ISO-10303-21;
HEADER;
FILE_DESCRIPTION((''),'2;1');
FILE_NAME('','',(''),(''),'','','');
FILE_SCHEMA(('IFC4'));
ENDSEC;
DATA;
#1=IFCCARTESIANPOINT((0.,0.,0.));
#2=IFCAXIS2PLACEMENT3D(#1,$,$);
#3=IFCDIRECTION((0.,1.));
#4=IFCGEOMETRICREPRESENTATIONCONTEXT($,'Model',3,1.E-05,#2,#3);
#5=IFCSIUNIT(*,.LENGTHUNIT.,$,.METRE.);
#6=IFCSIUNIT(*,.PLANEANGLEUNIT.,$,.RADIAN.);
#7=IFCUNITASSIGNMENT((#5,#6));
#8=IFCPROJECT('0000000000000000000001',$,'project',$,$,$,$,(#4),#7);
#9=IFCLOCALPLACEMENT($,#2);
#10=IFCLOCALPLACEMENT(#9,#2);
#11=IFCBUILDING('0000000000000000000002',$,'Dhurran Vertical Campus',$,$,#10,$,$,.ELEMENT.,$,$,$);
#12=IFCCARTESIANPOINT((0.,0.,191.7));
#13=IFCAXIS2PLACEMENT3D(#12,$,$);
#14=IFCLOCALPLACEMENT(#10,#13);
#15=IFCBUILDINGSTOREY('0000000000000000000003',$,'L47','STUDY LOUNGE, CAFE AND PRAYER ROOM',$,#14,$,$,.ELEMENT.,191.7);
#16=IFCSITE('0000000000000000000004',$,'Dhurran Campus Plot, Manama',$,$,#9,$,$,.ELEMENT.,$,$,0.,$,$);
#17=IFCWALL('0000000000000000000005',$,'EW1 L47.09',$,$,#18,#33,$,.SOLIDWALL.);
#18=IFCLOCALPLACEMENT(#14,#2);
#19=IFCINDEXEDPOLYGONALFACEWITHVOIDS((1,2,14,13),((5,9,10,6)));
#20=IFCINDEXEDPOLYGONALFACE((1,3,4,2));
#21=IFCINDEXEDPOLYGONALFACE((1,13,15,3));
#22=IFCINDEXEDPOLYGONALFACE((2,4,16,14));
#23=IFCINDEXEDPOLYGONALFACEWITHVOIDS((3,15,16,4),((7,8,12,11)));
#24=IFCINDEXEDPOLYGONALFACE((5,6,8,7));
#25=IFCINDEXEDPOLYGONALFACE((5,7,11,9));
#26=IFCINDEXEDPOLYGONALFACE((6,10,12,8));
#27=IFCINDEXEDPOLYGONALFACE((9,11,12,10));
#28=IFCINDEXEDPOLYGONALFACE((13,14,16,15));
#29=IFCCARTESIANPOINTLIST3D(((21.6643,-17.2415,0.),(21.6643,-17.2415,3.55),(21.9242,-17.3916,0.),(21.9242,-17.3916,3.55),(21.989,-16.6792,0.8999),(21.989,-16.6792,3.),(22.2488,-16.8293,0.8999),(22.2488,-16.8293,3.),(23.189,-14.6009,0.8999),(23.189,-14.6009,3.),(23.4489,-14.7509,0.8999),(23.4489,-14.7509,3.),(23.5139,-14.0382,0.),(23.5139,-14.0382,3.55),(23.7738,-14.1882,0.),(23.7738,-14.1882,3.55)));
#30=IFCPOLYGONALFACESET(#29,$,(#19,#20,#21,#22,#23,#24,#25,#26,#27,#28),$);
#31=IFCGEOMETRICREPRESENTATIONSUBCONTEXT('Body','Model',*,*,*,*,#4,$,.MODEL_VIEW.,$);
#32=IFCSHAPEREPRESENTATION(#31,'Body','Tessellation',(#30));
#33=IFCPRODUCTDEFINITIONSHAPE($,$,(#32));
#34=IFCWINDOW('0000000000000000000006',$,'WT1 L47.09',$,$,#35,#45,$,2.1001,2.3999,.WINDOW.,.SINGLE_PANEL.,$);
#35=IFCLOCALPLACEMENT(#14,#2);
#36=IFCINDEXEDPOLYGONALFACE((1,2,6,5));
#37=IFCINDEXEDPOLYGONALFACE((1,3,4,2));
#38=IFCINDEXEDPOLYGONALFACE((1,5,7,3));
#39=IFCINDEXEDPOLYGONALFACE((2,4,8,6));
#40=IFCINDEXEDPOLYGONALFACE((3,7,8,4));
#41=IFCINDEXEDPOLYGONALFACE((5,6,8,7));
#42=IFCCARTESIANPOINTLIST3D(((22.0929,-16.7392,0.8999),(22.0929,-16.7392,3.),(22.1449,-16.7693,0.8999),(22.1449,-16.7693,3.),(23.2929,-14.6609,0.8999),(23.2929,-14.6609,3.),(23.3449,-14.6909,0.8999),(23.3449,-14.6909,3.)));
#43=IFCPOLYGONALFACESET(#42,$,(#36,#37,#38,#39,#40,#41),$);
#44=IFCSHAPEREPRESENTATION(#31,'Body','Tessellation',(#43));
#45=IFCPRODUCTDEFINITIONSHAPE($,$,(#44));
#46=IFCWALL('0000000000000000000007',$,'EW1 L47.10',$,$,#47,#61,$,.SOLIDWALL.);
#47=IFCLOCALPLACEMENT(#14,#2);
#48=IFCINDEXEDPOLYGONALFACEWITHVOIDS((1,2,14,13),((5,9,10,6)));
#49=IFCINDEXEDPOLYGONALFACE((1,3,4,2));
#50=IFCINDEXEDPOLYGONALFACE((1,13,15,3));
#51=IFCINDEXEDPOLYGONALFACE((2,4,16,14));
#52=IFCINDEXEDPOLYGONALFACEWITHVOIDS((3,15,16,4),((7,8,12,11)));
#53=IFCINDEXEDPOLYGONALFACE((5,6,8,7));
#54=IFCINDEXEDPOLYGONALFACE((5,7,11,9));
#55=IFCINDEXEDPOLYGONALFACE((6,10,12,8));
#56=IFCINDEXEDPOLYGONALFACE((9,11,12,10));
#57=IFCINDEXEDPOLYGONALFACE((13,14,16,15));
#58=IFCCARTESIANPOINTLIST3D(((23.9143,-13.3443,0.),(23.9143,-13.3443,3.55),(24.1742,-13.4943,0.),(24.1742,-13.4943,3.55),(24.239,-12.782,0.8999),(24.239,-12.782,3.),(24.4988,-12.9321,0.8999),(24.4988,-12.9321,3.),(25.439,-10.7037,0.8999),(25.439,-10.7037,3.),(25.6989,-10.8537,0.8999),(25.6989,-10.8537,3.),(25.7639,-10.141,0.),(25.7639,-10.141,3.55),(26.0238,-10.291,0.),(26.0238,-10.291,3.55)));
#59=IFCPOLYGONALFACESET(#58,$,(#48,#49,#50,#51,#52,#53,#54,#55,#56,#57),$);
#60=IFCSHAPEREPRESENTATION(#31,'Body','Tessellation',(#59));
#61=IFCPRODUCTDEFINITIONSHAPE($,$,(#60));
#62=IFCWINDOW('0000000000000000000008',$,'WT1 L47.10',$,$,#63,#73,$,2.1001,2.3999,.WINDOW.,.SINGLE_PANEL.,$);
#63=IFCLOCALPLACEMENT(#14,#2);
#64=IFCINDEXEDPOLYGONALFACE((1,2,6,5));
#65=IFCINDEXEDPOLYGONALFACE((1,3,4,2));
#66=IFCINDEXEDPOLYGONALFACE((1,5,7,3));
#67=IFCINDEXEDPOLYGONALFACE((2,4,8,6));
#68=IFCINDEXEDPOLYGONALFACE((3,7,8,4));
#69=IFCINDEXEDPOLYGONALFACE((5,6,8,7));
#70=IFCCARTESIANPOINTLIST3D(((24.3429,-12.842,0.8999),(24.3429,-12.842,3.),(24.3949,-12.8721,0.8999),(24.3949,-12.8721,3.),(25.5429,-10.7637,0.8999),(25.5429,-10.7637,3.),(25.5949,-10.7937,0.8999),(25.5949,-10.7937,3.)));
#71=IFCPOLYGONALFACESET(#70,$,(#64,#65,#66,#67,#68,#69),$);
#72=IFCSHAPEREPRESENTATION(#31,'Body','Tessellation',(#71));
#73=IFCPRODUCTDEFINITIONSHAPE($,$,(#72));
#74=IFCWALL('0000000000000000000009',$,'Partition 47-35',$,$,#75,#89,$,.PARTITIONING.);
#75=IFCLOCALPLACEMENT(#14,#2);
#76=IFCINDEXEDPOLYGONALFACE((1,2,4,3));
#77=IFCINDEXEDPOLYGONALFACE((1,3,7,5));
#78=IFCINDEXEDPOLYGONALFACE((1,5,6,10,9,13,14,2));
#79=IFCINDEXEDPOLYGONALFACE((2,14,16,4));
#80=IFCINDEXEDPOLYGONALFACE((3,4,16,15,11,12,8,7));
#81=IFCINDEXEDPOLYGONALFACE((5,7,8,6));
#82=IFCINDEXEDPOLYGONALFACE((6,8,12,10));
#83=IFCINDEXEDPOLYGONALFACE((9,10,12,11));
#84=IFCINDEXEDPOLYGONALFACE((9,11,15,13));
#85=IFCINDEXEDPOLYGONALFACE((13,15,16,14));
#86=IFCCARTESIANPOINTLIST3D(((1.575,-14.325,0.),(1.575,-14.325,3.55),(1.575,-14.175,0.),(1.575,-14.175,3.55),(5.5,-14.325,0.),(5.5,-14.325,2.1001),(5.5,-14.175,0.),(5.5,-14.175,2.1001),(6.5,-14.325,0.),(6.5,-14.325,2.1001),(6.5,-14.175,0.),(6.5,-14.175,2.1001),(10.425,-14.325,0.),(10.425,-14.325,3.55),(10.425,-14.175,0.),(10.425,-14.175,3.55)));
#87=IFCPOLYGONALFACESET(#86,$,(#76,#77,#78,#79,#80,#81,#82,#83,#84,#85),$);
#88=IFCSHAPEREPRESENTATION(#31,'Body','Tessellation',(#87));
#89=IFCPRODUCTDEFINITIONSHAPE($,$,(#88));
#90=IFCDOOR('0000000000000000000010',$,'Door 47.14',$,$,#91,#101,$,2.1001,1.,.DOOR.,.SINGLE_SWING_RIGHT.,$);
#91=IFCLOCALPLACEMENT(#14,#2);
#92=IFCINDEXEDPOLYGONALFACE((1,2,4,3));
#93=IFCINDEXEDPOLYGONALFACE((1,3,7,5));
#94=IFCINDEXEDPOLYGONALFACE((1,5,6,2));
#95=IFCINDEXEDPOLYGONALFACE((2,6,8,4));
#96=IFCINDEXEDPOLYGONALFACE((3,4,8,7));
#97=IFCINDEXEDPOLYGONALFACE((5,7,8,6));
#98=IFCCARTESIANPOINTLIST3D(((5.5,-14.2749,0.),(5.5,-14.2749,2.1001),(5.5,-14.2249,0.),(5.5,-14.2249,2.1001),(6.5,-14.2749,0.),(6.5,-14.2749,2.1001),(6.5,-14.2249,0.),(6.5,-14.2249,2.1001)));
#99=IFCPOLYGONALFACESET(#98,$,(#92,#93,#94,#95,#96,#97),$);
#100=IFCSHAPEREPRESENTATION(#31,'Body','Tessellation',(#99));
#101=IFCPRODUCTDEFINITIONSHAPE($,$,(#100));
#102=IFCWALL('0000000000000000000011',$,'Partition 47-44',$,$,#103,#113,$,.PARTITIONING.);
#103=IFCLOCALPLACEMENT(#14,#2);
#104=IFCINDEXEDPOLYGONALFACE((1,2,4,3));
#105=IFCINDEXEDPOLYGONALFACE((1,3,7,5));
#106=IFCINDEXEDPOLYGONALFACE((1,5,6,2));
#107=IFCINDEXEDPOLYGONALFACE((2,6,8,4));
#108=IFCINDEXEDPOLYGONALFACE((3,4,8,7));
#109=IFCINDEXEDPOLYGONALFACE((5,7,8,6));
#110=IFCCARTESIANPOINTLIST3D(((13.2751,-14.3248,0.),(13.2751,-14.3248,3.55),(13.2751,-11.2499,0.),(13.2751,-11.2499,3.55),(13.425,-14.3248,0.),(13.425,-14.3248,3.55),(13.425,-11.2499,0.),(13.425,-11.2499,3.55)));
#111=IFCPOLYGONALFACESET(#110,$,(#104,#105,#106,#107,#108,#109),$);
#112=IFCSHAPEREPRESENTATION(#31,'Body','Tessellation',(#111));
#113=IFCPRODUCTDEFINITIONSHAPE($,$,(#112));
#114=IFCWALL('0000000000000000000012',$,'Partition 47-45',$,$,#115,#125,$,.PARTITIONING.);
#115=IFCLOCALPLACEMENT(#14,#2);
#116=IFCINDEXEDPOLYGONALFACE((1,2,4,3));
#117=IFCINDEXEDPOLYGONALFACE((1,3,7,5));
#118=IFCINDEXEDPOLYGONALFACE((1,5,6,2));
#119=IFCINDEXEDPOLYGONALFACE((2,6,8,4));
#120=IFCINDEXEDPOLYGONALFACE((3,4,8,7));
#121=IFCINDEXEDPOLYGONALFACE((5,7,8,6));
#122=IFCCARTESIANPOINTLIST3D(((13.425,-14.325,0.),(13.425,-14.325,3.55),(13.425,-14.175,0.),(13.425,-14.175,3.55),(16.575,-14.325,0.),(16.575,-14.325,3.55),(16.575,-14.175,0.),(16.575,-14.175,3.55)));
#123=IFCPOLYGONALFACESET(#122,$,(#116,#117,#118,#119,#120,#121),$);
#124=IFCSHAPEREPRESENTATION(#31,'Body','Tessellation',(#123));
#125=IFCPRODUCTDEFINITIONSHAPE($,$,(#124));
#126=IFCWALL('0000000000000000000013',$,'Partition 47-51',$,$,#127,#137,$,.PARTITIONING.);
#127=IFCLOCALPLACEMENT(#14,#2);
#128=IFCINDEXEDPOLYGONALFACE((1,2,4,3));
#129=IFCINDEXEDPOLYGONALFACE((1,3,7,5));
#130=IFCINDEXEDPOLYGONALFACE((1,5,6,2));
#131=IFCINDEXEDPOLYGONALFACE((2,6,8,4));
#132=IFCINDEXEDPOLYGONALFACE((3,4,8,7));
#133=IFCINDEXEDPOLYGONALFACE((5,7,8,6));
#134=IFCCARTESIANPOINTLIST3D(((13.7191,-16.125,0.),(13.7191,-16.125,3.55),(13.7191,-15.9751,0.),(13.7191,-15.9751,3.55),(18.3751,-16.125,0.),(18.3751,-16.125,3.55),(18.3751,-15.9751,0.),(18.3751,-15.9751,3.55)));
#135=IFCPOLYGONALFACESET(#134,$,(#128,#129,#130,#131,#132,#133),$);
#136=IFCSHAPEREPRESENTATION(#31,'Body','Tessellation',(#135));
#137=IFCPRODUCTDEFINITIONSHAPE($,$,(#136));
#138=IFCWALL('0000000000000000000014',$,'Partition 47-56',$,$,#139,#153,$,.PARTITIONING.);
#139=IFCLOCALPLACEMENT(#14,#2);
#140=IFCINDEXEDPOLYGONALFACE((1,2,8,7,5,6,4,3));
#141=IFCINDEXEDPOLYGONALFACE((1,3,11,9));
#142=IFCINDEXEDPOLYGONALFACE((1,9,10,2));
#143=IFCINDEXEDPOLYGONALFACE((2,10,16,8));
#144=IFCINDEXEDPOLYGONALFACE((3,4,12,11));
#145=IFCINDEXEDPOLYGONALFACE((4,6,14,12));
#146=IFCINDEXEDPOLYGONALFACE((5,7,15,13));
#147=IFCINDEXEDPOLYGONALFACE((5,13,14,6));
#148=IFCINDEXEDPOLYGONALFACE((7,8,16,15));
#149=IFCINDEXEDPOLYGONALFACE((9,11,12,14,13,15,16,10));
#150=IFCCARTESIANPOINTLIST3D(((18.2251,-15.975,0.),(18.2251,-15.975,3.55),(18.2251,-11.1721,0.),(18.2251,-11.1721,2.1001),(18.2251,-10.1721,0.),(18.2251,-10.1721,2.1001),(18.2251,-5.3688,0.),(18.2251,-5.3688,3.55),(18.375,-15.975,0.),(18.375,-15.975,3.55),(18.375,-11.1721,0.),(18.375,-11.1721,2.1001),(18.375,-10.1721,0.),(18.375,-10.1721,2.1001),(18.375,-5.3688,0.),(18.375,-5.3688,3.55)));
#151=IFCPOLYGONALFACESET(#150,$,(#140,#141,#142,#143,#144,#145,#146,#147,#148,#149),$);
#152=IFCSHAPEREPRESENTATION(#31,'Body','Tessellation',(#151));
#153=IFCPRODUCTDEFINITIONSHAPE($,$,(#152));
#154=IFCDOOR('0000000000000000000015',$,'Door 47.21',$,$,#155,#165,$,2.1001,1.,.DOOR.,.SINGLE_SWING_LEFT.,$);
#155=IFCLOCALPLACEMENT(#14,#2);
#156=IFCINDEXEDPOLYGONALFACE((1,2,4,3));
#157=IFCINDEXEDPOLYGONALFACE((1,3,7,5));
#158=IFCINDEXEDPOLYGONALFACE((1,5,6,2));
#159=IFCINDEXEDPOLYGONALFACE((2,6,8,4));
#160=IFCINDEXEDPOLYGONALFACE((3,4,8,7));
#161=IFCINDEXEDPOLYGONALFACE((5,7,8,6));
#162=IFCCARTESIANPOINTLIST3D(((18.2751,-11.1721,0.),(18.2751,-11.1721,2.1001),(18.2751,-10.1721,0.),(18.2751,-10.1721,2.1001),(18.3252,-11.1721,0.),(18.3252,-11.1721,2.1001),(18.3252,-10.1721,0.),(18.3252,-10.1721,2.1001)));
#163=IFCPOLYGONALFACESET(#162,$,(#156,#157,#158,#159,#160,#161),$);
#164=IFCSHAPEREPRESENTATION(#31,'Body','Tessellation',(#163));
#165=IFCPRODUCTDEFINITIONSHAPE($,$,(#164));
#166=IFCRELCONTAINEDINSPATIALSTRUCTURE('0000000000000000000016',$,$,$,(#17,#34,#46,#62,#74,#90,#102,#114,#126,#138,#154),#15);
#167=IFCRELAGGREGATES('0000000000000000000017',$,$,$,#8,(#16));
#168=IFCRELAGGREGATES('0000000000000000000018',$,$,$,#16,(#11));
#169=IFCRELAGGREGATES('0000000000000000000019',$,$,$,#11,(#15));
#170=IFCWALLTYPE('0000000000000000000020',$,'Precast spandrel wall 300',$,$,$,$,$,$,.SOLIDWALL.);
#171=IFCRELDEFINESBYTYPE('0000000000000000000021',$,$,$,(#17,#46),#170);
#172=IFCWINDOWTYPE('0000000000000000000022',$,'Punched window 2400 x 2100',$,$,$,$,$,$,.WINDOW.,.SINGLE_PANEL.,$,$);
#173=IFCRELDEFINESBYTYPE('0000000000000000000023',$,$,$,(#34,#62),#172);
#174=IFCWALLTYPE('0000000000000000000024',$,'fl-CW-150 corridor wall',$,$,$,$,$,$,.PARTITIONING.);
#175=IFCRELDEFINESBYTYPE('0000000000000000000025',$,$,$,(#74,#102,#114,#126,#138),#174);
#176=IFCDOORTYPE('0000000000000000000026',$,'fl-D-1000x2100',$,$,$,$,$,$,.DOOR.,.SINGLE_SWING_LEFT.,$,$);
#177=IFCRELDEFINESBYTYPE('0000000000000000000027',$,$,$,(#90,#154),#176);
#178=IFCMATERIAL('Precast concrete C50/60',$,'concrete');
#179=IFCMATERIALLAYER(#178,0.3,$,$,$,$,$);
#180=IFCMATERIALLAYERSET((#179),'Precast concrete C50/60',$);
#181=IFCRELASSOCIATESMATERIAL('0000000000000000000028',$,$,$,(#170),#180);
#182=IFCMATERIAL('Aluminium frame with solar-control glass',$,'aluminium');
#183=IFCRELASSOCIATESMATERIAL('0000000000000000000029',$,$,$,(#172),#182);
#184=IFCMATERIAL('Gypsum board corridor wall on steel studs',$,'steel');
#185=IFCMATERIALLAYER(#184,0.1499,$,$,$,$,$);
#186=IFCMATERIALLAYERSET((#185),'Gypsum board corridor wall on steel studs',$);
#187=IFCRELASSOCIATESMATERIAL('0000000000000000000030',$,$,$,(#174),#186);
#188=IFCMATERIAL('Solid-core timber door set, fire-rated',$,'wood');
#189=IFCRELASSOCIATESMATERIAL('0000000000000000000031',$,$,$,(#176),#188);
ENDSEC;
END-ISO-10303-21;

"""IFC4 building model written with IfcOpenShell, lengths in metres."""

from ifc_helpers import new_model, si_unit, direction, frame, frame_2d, origin, place, context, subcontext, project, spatial, rectangle, extrude, material, layer, layer_set, type_object, element, fill, save


model = new_model("IFC4")

# Units and contexts
model_context = context("Model", 3, precision=1e-05, world=origin(), true_north=direction((0.0, 1.0)))
body_context = subcontext(model_context, "Body", "Model", "MODEL_VIEW")
ifc_project = project(units=[si_unit("LENGTHUNIT", "METRE"), si_unit("PLANEANGLEUNIT", "RADIAN")], contexts=[model_context])

# Site, building, storey
site_placement = place(None, origin())
site = spatial("IfcSite", under=ifc_project, at=site_placement, Name="Dhurran Campus Plot, Manama", CompositionType="ELEMENT", RefElevation=0.0)
building_placement = place(site_placement, origin())
building = spatial("IfcBuilding", under=site, at=building_placement, Name="Dhurran Vertical Campus", CompositionType="ELEMENT")
storey_placement = place(building_placement, frame((0.0, 0.0, 191.7)))
storey = spatial("IfcBuildingStorey", under=building, at=storey_placement, Name="L47", Description="STUDY LOUNGE, CAFE AND PRAYER ROOM", CompositionType="ELEMENT", Elevation=191.7)

# Walls, openings, windows
ifc_material_1 = material(Name="Precast concrete C50/60", Category="concrete")
ifc_layer_1 = layer(ifc_material_1, 0.3)
ifc_layer_set_1 = layer_set([ifc_layer_1], Name="Precast concrete C50/60")
wall_type_1 = type_object("IfcWallType", Name="Precast spandrel wall 300", PredefinedType="SOLIDWALL", material=ifc_layer_set_1)
ifc_material_2 = material(Name="Aluminium frame with solar-control glass", Category="aluminium")
window_type = type_object("IfcWindowType", Name="Punched window 2400 x 2100", PartitioningType="SINGLE_PANEL", PredefinedType="WINDOW", material=ifc_material_2)
wall_1_placement = place(storey_placement, frame((21.7942, -17.3167, 0.0), z_axis=(0.0, 0.0, 1.0), x_axis=(0.500029, 0.866009, 0.0)))
wall_1 = element("IfcWall", 1, at=wall_1_placement, inside=storey, type_object=wall_type_1, Name="EW1 L47.09", PredefinedType="SOLIDWALL", context=body_context, shape_type="SweptSolid", body=[
    extrude(rectangle(XDim=3.699, YDim=0.3, at=frame_2d((1.8496, 0.0))), origin(), (0.0, 0.0, 1.0), 3.55),
])
opening_1_placement = place(wall_1_placement, frame((0.6494, 0.0, 0.8999)))
opening_1 = element("IfcOpeningElement", 2, at=opening_1_placement, cuts=wall_1, PredefinedType="OPENING", context=body_context, shape_type="SweptSolid", body=[
    extrude(rectangle(XDim=2.3999, YDim=2.1001, at=frame_2d((1.2, 1.05))), frame((0.0, 0.1599, 0.0), z_axis=(0.0, -1.0, 0.0), x_axis=(1.0, 0.0, 0.0)), (0.0, 0.0, 1.0), 0.3201),
])
window_1_placement = place(opening_1_placement, origin())
window_1 = element("IfcWindow", 3, at=window_1_placement, inside=storey, type_object=window_type, Name="WT1 L47.09", OverallHeight=2.1001, OverallWidth=2.3999, PartitioningType="SINGLE_PANEL", PredefinedType="WINDOW", context=body_context, shape_type="SweptSolid", body=[
    extrude(rectangle(XDim=2.3999, YDim=2.1001, at=frame_2d((1.2, 1.05))), frame((0.0, 0.03, 0.0), z_axis=(0.0, -1.0, 0.0), x_axis=(1.0, 0.0, 0.0)), (0.0, 0.0, 1.0), 0.0601),
])
fill(opening_1, window_1)
wall_2_placement = place(storey_placement, frame((24.0442, -13.4194, 0.0), z_axis=(0.0, 0.0, 1.0), x_axis=(0.500029, 0.866009, 0.0)))
wall_2 = element("IfcWall", 4, at=wall_2_placement, inside=storey, type_object=wall_type_1, Name="EW1 L47.10", PredefinedType="SOLIDWALL", context=body_context, shape_type="SweptSolid", body=[
    extrude(rectangle(XDim=3.699, YDim=0.3, at=frame_2d((1.8496, 0.0))), origin(), (0.0, 0.0, 1.0), 3.55),
])
opening_2_placement = place(wall_2_placement, frame((0.6494, 0.0, 0.8999)))
opening_2 = element("IfcOpeningElement", 5, at=opening_2_placement, cuts=wall_2, PredefinedType="OPENING", context=body_context, shape_type="SweptSolid", body=[
    extrude(rectangle(XDim=2.3999, YDim=2.1001, at=frame_2d((1.2, 1.05))), frame((0.0, 0.1599, 0.0), z_axis=(0.0, -1.0, 0.0), x_axis=(1.0, 0.0, 0.0)), (0.0, 0.0, 1.0), 0.3201),
])
window_2_placement = place(opening_2_placement, origin())
window_2 = element("IfcWindow", 6, at=window_2_placement, inside=storey, type_object=window_type, Name="WT1 L47.10", OverallHeight=2.1001, OverallWidth=2.3999, PartitioningType="SINGLE_PANEL", PredefinedType="WINDOW", context=body_context, shape_type="SweptSolid", body=[
    extrude(rectangle(XDim=2.3999, YDim=2.1001, at=frame_2d((1.2, 1.05))), frame((0.0, 0.03, 0.0), z_axis=(0.0, -1.0, 0.0), x_axis=(1.0, 0.0, 0.0)), (0.0, 0.0, 1.0), 0.0601),
])
fill(opening_2, window_2)

# Wall, opening, door
ifc_material_3 = material(Name="Gypsum board corridor wall on steel studs", Category="steel")
ifc_layer_2 = layer(ifc_material_3, 0.1499)
ifc_layer_set_2 = layer_set([ifc_layer_2], Name="Gypsum board corridor wall on steel studs")
wall_type_2 = type_object("IfcWallType", Name="fl-CW-150 corridor wall", PredefinedType="PARTITIONING", material=ifc_layer_set_2)
wall_3_placement = place(storey_placement, frame((10.425, -14.25, 0.0), z_axis=(0.0, 0.0, 1.0), x_axis=(-1.0, 0.0, 0.0)))
wall_3 = element("IfcWall", 7, at=wall_3_placement, inside=storey, type_object=wall_type_2, Name="Partition 47-35", PredefinedType="PARTITIONING", context=body_context, shape_type="SweptSolid", body=[
    extrude(rectangle(XDim=8.8501, YDim=0.1499, at=frame_2d((4.425, 0.0))), origin(), (0.0, 0.0, 1.0), 3.55),
])
opening_3_placement = place(wall_3_placement, frame((3.925, 0.0, 0.0)))
opening_3 = element("IfcOpeningElement", 8, at=opening_3_placement, cuts=wall_3, PredefinedType="OPENING", context=body_context, shape_type="SweptSolid", body=[
    extrude(rectangle(XDim=1.0, YDim=2.1001, at=frame_2d((0.5, 1.05))), frame((0.0, 0.085, 0.0), z_axis=(0.0, -1.0, 0.0), x_axis=(1.0, 0.0, 0.0)), (0.0, 0.0, 1.0), 0.1699),
])
ifc_material_4 = material(Name="Solid-core timber door set, fire-rated", Category="wood")
door_type = type_object("IfcDoorType", Name="fl-D-1000x2100", OperationType="SINGLE_SWING_LEFT", PredefinedType="DOOR", material=ifc_material_4)
door_1_placement = place(opening_3_placement, origin())
door_1 = element("IfcDoor", 9, at=door_1_placement, inside=storey, type_object=door_type, Name="Door 47.14", OperationType="SINGLE_SWING_RIGHT", OverallHeight=2.1001, OverallWidth=1.0, PredefinedType="DOOR", context=body_context, shape_type="SweptSolid", body=[
    extrude(rectangle(XDim=1.0, YDim=2.1001, at=frame_2d((0.5, 1.05))), frame((0.0, 0.0249, 0.0), z_axis=(0.0, -1.0, 0.0), x_axis=(1.0, 0.0, 0.0)), (0.0, 0.0, 1.0), 0.05),
])
fill(opening_3, door_1)

# Walls
wall_4_placement = place(storey_placement, frame((13.3501, -14.325, 0.0), z_axis=(0.0, 0.0, 1.0), x_axis=(0.0, 1.0, 0.0)))
element("IfcWall", 10, at=wall_4_placement, inside=storey, type_object=wall_type_2, Name="Partition 47-44", PredefinedType="PARTITIONING", context=body_context, shape_type="SweptSolid", body=[
    extrude(rectangle(XDim=3.075, YDim=0.1499, at=frame_2d((1.5376, 0.0))), origin(), (0.0, 0.0, 1.0), 3.55),
])
wall_5_placement = place(storey_placement, frame((16.575, -14.25, 0.0), z_axis=(0.0, 0.0, 1.0), x_axis=(-1.0, 0.0, 0.0)))
element("IfcWall", 11, at=wall_5_placement, inside=storey, type_object=wall_type_2, Name="Partition 47-45", PredefinedType="PARTITIONING", context=body_context, shape_type="SweptSolid", body=[
    extrude(rectangle(XDim=3.1499, YDim=0.1499, at=frame_2d((1.575, 0.0))), origin(), (0.0, 0.0, 1.0), 3.55),
])
wall_6_placement = place(storey_placement, frame((13.719, -16.05, 0.0), z_axis=(0.0, 0.0, 1.0), x_axis=(1.0, 0.0, 0.0)))
element("IfcWall", 12, at=wall_6_placement, inside=storey, type_object=wall_type_2, Name="Partition 47-51", PredefinedType="PARTITIONING", context=body_context, shape_type="SweptSolid", body=[
    extrude(rectangle(XDim=4.656, YDim=0.1499, at=frame_2d((2.3281, 0.0))), origin(), (0.0, 0.0, 1.0), 3.55),
])

# Wall, opening, door
wall_7_placement = place(storey_placement, frame((18.3, -15.9751, 0.0), z_axis=(0.0, 0.0, 1.0), x_axis=(0.0, 1.0, 0.0)))
wall_7 = element("IfcWall", 13, at=wall_7_placement, inside=storey, type_object=wall_type_2, Name="Partition 47-56", PredefinedType="PARTITIONING", context=body_context, shape_type="SweptSolid", body=[
    extrude(rectangle(XDim=10.6062, YDim=0.1499, at=frame_2d((5.3032, 0.0))), origin(), (0.0, 0.0, 1.0), 3.55),
])
opening_4_placement = place(wall_7_placement, frame((4.803, 0.0, 0.0)))
opening_4 = element("IfcOpeningElement", 14, at=opening_4_placement, cuts=wall_7, PredefinedType="OPENING", context=body_context, shape_type="SweptSolid", body=[
    extrude(rectangle(XDim=1.0, YDim=2.1001, at=frame_2d((0.5, 1.05))), frame((0.0, 0.085, 0.0), z_axis=(0.0, -1.0, 0.0), x_axis=(1.0, 0.0, 0.0)), (0.0, 0.0, 1.0), 0.1699),
])
door_2_placement = place(opening_4_placement, origin())
door_2 = element("IfcDoor", 15, at=door_2_placement, inside=storey, type_object=door_type, Name="Door 47.21", OperationType="SINGLE_SWING_LEFT", OverallHeight=2.1001, OverallWidth=1.0, PredefinedType="DOOR", context=body_context, shape_type="SweptSolid", body=[
    extrude(rectangle(XDim=1.0, YDim=2.1001, at=frame_2d((0.5, 1.05))), frame((0.0, 0.0249, 0.0), z_axis=(0.0, -1.0, 0.0), x_axis=(1.0, 0.0, 0.0)), (0.0, 0.0, 1.0), 0.05),
])
fill(opening_4, door_2)

save(model, "model.ifc")
